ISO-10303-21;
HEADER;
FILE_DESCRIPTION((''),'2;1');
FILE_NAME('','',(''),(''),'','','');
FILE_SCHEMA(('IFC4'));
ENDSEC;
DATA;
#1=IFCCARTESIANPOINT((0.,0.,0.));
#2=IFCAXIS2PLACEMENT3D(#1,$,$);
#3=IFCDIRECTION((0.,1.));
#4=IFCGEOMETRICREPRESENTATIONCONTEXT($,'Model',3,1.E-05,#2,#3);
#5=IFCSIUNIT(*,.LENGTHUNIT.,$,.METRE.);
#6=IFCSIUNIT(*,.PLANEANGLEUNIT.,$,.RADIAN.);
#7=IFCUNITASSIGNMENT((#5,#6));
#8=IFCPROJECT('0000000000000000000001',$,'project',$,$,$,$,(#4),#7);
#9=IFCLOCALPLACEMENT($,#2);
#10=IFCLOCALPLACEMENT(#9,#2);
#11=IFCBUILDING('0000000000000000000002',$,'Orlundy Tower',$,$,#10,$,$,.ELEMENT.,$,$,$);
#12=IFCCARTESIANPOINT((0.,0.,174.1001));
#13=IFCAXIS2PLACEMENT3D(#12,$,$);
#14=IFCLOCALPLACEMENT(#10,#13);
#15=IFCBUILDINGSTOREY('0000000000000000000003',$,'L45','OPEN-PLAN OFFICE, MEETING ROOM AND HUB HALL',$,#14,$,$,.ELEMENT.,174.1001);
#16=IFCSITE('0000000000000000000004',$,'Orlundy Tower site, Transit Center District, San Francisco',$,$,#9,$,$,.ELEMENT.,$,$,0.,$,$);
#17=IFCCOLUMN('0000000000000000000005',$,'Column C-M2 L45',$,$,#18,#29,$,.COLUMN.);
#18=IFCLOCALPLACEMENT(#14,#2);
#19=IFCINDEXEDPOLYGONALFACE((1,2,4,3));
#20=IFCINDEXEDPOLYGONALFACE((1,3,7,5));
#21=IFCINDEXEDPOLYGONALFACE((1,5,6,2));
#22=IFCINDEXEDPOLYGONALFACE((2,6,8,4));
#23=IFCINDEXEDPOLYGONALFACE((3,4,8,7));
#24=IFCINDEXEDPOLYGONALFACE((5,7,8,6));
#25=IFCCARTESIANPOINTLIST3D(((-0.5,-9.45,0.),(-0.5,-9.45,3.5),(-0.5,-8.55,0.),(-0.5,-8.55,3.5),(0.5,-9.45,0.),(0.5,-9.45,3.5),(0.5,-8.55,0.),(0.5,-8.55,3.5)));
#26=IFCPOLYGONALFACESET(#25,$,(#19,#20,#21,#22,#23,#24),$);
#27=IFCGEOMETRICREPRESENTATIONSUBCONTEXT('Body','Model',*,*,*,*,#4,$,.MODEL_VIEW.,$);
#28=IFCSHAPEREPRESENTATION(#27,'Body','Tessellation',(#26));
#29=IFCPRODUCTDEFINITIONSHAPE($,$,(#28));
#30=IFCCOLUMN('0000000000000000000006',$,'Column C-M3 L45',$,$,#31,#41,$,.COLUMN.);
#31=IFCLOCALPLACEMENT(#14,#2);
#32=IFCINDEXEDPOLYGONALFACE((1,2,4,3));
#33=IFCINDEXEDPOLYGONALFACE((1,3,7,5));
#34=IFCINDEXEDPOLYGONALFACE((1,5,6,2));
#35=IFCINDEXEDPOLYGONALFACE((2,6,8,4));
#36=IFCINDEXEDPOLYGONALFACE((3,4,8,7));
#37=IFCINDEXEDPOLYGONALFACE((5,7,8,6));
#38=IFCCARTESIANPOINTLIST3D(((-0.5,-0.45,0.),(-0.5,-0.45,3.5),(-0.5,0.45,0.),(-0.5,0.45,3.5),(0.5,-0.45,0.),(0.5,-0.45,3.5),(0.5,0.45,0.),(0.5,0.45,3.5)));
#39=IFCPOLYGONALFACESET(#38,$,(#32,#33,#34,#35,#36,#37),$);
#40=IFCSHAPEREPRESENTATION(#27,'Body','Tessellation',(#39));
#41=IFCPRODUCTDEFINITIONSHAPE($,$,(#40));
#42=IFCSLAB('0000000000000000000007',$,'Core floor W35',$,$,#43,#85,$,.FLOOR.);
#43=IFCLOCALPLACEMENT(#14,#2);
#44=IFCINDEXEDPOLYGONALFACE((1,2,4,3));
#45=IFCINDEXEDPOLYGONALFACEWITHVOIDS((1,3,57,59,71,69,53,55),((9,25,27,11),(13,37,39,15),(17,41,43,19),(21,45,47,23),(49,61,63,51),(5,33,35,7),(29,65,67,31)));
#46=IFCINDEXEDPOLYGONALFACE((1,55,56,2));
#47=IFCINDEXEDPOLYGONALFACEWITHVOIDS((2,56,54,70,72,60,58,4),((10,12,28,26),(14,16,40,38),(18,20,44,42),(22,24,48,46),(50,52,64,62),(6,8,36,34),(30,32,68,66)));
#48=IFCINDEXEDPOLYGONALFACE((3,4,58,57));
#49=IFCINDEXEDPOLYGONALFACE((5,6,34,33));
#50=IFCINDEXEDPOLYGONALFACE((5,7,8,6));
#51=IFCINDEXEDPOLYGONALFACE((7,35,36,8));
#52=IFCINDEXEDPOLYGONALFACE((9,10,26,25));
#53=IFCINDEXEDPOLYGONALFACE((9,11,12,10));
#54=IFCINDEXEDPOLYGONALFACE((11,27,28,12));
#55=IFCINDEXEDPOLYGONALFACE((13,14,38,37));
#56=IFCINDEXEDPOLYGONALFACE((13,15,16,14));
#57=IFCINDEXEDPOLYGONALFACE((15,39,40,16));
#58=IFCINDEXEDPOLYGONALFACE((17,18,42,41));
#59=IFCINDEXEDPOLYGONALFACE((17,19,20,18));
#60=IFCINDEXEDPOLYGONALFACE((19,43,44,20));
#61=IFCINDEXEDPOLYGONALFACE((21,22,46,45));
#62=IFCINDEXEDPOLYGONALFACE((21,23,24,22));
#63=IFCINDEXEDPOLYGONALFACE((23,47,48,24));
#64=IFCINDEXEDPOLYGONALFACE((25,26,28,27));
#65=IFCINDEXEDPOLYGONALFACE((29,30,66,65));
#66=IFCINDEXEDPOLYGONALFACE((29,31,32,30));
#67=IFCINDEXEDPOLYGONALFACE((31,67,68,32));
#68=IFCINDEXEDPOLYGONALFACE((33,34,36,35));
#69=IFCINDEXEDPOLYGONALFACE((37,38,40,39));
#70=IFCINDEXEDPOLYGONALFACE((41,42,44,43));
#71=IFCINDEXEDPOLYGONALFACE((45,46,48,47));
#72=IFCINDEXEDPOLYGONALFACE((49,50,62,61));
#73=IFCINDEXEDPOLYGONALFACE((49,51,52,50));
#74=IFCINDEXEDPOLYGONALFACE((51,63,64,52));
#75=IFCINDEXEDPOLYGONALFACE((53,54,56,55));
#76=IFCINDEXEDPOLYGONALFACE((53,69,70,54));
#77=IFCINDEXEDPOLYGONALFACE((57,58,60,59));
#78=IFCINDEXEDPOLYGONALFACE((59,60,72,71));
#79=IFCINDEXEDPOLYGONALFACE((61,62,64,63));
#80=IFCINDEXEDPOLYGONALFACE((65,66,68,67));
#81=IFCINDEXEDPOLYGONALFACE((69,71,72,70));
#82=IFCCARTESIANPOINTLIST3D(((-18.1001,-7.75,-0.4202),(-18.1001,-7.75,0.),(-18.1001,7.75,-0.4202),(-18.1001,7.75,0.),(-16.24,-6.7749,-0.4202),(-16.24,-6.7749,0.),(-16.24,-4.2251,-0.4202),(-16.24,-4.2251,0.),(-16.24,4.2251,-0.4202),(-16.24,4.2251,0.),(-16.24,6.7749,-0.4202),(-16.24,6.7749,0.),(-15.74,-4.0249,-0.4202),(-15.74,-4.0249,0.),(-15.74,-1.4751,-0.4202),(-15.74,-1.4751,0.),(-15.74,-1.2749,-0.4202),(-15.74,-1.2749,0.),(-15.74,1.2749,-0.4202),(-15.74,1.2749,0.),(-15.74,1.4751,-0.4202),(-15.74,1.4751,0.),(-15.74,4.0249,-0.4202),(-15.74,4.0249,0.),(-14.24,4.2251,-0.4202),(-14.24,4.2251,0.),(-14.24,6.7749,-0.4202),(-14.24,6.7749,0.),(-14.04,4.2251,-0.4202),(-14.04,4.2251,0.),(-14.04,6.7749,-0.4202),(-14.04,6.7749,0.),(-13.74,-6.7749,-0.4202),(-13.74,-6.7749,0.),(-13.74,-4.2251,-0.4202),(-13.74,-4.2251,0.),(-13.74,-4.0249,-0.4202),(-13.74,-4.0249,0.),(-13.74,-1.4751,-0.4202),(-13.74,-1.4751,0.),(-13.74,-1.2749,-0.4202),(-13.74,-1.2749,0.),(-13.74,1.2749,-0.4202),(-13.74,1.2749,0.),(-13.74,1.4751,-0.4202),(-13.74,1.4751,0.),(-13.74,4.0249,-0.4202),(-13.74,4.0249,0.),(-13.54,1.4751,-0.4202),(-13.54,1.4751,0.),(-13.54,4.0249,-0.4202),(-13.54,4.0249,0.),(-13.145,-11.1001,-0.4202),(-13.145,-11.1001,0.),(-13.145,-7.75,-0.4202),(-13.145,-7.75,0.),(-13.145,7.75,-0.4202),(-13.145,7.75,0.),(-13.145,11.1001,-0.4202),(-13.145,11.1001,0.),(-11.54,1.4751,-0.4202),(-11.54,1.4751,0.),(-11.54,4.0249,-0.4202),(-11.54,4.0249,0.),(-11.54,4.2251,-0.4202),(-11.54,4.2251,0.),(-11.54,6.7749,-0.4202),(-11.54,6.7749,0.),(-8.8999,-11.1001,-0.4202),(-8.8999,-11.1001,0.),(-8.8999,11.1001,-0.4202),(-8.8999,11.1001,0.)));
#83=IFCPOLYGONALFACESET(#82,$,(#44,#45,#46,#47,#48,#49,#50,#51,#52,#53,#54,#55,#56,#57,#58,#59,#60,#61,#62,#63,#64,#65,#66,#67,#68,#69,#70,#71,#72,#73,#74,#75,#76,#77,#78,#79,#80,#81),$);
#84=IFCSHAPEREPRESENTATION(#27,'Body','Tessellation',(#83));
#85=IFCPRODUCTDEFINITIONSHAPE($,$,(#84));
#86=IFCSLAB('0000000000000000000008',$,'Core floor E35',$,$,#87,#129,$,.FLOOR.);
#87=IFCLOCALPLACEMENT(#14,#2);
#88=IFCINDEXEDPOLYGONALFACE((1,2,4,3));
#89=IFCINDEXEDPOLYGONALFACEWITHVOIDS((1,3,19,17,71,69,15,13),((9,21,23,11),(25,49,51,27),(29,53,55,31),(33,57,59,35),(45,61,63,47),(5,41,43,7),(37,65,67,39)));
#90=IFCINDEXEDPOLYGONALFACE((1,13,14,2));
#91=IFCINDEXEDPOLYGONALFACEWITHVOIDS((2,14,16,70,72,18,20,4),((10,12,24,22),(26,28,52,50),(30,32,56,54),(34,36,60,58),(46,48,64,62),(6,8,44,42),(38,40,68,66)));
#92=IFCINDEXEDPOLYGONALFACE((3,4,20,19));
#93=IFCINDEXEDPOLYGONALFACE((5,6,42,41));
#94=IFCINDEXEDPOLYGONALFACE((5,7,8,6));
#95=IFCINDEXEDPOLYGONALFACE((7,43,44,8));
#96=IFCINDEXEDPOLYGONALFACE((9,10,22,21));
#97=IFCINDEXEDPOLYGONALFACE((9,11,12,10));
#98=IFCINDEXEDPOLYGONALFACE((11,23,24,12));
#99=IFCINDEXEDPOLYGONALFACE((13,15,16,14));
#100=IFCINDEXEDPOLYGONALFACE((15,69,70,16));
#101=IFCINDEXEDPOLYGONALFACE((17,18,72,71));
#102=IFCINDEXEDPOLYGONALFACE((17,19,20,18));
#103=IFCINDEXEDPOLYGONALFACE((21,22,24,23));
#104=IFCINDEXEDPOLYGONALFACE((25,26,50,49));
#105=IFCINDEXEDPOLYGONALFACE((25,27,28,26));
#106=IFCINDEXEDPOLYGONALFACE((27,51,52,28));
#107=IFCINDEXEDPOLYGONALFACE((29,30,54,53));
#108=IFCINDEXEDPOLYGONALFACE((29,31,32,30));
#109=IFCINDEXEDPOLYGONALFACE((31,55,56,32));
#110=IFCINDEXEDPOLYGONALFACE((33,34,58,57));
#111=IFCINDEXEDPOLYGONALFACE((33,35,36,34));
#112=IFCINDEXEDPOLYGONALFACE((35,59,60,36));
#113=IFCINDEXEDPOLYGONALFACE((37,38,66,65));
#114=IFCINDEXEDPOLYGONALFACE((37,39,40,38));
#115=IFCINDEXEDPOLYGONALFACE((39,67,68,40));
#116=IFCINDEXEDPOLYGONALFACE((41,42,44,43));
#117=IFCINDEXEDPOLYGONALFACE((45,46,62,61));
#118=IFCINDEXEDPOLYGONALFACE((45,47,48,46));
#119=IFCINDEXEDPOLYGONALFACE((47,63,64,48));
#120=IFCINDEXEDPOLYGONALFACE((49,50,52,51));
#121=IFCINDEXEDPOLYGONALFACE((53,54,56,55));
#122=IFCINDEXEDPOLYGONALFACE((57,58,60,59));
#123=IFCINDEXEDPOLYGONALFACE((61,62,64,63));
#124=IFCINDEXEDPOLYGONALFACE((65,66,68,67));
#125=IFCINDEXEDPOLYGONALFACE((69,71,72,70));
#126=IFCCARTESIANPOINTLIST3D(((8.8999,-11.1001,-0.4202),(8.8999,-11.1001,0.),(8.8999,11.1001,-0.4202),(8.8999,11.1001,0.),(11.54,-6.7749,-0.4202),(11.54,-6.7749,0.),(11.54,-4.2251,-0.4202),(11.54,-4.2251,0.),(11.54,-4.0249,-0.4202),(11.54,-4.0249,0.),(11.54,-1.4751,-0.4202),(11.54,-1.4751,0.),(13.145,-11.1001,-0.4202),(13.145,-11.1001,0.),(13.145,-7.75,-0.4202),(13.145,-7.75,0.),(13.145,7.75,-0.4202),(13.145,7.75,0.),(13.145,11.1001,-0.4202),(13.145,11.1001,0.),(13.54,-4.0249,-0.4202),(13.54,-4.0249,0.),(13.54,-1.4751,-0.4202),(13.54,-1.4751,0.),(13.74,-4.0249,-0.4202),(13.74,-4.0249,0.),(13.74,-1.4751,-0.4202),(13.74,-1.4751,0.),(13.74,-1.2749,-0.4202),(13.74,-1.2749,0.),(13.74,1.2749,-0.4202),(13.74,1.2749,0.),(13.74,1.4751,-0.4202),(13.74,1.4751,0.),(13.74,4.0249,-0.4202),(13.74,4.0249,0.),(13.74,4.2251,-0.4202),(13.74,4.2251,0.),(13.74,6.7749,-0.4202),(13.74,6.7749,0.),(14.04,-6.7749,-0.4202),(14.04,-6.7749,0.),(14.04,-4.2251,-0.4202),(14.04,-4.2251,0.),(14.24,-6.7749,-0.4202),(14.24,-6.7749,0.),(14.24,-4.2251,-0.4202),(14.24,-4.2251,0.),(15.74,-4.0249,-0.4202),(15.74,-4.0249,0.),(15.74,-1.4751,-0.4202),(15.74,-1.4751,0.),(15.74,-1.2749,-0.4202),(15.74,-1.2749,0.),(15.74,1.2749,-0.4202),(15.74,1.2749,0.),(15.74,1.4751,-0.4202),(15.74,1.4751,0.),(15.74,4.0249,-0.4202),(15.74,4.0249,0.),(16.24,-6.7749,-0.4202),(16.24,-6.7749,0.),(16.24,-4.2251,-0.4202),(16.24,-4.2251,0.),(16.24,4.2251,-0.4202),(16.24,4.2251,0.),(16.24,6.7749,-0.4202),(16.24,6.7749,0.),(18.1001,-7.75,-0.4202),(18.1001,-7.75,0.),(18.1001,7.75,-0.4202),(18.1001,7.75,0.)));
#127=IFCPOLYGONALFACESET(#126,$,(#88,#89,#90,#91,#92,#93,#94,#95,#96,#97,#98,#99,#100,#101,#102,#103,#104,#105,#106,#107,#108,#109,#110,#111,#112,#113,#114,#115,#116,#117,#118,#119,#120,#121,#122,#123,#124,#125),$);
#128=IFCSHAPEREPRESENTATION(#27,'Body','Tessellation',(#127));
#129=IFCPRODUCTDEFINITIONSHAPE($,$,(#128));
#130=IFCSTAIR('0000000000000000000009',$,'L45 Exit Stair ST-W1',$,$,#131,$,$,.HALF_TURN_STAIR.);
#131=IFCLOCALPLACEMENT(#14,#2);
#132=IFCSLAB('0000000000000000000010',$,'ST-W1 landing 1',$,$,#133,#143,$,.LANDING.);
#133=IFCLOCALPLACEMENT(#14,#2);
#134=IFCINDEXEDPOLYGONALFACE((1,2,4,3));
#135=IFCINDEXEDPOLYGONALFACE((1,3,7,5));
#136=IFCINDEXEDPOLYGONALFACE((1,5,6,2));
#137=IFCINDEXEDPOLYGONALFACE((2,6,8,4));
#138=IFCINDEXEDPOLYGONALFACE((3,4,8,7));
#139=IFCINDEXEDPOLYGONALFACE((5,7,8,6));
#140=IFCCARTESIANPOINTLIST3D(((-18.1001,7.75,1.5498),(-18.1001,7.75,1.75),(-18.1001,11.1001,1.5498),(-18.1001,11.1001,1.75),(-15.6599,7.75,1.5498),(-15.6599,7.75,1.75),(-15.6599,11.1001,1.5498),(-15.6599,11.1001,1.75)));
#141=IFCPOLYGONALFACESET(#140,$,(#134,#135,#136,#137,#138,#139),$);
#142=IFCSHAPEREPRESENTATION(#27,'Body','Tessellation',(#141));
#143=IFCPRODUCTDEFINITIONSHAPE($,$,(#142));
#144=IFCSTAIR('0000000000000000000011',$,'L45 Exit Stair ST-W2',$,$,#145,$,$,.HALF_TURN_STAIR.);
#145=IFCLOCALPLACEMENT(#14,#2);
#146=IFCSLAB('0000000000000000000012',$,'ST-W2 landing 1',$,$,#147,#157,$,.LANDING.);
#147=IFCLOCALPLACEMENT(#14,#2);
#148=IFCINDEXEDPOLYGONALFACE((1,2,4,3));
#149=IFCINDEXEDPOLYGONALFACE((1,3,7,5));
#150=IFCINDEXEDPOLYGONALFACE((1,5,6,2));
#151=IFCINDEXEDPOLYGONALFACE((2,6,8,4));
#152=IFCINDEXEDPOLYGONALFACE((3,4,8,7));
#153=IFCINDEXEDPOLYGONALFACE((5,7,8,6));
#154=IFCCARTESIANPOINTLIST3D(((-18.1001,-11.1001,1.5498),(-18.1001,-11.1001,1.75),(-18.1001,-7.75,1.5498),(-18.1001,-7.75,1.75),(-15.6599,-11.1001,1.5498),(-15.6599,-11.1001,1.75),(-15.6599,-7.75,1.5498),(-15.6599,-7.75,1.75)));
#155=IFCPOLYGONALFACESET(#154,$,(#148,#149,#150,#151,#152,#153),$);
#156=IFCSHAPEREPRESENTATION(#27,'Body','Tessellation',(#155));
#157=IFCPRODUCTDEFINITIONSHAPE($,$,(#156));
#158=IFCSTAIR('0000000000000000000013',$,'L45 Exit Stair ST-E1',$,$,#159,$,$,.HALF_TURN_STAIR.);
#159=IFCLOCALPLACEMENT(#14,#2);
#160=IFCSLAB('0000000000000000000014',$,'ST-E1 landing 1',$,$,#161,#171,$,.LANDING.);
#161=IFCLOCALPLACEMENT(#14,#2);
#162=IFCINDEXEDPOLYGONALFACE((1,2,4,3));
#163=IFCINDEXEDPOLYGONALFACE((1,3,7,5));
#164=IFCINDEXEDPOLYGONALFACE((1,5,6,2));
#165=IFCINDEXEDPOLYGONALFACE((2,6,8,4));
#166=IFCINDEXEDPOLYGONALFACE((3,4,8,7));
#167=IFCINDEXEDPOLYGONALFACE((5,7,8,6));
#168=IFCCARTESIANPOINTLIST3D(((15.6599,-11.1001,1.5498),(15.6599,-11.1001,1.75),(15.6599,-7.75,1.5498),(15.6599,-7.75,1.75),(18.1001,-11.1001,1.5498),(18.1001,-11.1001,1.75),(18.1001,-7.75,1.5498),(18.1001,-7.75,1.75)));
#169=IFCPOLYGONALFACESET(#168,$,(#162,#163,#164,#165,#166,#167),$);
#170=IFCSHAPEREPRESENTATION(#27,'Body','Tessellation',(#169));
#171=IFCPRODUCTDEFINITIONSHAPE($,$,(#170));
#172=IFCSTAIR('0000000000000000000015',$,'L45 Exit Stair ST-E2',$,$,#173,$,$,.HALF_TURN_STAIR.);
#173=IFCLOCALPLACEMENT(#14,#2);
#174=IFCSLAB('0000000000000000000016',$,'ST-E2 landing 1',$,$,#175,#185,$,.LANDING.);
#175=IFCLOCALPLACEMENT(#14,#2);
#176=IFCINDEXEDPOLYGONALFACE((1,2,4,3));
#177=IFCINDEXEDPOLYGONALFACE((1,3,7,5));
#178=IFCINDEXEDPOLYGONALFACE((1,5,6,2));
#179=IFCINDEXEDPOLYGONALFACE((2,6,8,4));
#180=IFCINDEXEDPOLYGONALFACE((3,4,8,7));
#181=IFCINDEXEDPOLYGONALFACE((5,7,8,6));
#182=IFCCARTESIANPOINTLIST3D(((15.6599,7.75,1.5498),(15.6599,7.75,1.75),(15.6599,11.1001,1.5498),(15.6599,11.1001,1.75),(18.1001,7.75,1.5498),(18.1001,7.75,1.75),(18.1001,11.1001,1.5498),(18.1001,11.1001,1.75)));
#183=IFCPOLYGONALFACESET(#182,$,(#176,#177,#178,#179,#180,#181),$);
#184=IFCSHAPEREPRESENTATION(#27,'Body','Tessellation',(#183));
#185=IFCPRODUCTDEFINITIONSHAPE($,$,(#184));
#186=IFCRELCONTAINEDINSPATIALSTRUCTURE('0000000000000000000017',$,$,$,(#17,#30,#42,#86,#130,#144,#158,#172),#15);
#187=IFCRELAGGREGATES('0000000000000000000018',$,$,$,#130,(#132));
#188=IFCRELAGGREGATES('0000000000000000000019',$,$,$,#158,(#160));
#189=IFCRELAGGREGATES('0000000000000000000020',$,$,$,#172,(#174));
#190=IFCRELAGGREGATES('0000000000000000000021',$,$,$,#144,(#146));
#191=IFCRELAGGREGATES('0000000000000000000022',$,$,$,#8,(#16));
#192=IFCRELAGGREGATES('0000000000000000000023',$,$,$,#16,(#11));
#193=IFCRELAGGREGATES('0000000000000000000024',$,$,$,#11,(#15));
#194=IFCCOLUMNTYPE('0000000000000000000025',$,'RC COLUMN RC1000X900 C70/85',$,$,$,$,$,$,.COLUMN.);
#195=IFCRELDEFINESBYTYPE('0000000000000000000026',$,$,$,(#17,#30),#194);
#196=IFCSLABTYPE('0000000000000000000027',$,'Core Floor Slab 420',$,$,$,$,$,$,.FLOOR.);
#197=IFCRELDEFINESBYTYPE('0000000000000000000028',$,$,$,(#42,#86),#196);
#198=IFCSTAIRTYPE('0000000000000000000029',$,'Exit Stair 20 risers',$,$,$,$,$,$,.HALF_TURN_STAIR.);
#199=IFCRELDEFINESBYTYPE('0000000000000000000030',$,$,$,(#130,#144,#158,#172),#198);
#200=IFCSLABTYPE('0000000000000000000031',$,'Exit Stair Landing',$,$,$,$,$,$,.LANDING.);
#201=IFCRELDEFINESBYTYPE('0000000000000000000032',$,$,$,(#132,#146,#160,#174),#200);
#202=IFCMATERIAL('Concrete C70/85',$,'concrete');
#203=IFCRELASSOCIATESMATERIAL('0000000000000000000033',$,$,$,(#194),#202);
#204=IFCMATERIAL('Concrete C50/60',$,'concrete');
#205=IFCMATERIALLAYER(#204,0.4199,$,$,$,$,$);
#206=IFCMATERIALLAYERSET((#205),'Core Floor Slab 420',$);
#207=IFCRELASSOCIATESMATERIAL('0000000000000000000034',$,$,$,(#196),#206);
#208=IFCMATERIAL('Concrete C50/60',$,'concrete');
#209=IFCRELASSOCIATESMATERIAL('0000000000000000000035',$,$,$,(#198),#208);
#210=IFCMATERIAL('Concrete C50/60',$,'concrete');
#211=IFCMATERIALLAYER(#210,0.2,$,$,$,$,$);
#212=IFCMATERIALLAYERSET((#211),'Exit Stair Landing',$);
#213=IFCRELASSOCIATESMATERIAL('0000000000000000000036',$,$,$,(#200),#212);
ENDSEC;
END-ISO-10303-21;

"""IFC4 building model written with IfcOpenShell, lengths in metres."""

from ifc_helpers import new_model, si_unit, direction, frame, origin, origin_2d, place, context, subcontext, project, spatial, polyline, rectangle, outline, extrude, material, layer, layer_set, material_profile, profile_set, type_object, element, aggregate, save


model = new_model("IFC4")

# Units and contexts
model_context = context("Model", 3, precision=1e-05, world=origin(), true_north=direction((0.0, 1.0)))
body_context = subcontext(model_context, "Body", "Model", "MODEL_VIEW")
ifc_project = project(units=[si_unit("LENGTHUNIT", "METRE"), si_unit("PLANEANGLEUNIT", "RADIAN")], contexts=[model_context])

# Site, building, storey
site_placement = place(None, origin())
site = spatial("IfcSite", under=ifc_project, at=site_placement, Name="Orlundy Tower site, Transit Center District, San Francisco", CompositionType="ELEMENT", RefElevation=0.0)
building_placement = place(site_placement, origin())
building = spatial("IfcBuilding", under=site, at=building_placement, Name="Orlundy Tower", CompositionType="ELEMENT")
storey_placement = place(building_placement, frame((0.0, 0.0, 174.1001)))
storey = spatial("IfcBuildingStorey", under=building, at=storey_placement, Name="L45", Description="OPEN-PLAN OFFICE, MEETING ROOM AND HUB HALL", CompositionType="ELEMENT", Elevation=174.1001)

# Columns
ifc_material_1 = material(Name="Concrete C70/85", Category="concrete")
ifc_material_profile = material_profile(ifc_material_1, rectangle(XDim=1.0, YDim=0.8999, at=origin_2d()), Name="RC1000X900")
ifc_profile_set = profile_set([ifc_material_profile], Name="Concrete C70/85")
column_type = type_object("IfcColumnType", Name="RC COLUMN RC1000X900 C70/85", PredefinedType="COLUMN", material=ifc_profile_set)
for number, where, z_axis, x_axis, name in (
    (1, (0.0, -9.0, 0.0), (0.0, 0.0, 1.0), (1.0, 0.0, 0.0), "Column C-M2 L45"),
    (2, (0.0, 0.0, 0.0), (0.0, 0.0, 1.0), (1.0, 0.0, 0.0), "Column C-M3 L45"),
):
    element("IfcColumn", number, at=place(storey_placement, frame(where, z_axis=z_axis, x_axis=x_axis)), inside=storey, type_object=column_type, Name=name, PredefinedType="COLUMN", context=body_context, shape_type="SweptSolid", body=[
        extrude(rectangle(XDim=1.0, YDim=0.8999, at=origin_2d()), origin(), (0.0, 0.0, 1.0), 3.5),
    ])

# Slabs
ifc_material_2 = material(Name="Concrete C50/60", Category="concrete")
ifc_layer_1 = layer(ifc_material_2, 0.4199)
ifc_layer_set_1 = layer_set([ifc_layer_1], Name="Core Floor Slab 420")
slab_type_1 = type_object("IfcSlabType", Name="Core Floor Slab 420", PredefinedType="FLOOR", material=ifc_layer_set_1)
slab_1_placement = place(storey_placement, frame((0.0, 0.0, -0.4202)))
element("IfcSlab", 3, at=slab_1_placement, inside=storey, type_object=slab_type_1, Name="Core floor W35", PredefinedType="FLOOR", context=body_context, shape_type="SweptSolid", body=[
    extrude(outline(polyline([(-13.145, -11.1001), (-13.145, -7.75), (-18.1001, -7.75), (-18.1001, 7.75), (-13.145, 7.75), (-13.145, 11.1001), (-8.8999, 11.1001), (-8.8999, -11.1001), (-13.145, -11.1001)]), holes=[polyline([(-13.74, -4.2251), (-16.24, -4.2251), (-16.24, -6.7749), (-13.74, -6.7749), (-13.74, -4.2251)]), polyline([(-13.74, -4.0249), (-13.74, -1.4751), (-15.74, -1.4751), (-15.74, -4.0249), (-13.74, -4.0249)]), polyline([(-15.74, -1.2749), (-13.74, -1.2749), (-13.74, 1.2749), (-15.74, 1.2749), (-15.74, -1.2749)]), polyline([(-13.54, 4.0249), (-13.54, 1.4751), (-11.54, 1.4751), (-11.54, 4.0249), (-13.54, 4.0249)]), polyline([(-13.74, 4.0249), (-15.74, 4.0249), (-15.74, 1.4751), (-13.74, 1.4751), (-13.74, 4.0249)]), polyline([(-11.54, 4.2251), (-11.54, 6.7749), (-14.04, 6.7749), (-14.04, 4.2251), (-11.54, 4.2251)]), polyline([(-16.24, 4.2251), (-14.24, 4.2251), (-14.24, 6.7749), (-16.24, 6.7749), (-16.24, 4.2251)])]), origin(), (0.0, 0.0, 1.0), 0.4202),
])
slab_2_placement = place(storey_placement, frame((0.0, 0.0, -0.4202)))
element("IfcSlab", 4, at=slab_2_placement, inside=storey, type_object=slab_type_1, Name="Core floor E35", PredefinedType="FLOOR", context=body_context, shape_type="SweptSolid", body=[
    extrude(outline(polyline([(13.145, 11.1001), (13.145, 7.75), (18.1001, 7.75), (18.1001, -7.75), (13.145, -7.75), (13.145, -11.1001), (8.8999, -11.1001), (8.8999, 11.1001), (13.145, 11.1001)]), holes=[polyline([(13.74, 4.2251), (16.24, 4.2251), (16.24, 6.7749), (13.74, 6.7749), (13.74, 4.2251)]), polyline([(13.74, 4.0249), (13.74, 1.4751), (15.74, 1.4751), (15.74, 4.0249), (13.74, 4.0249)]), polyline([(15.74, 1.2749), (13.74, 1.2749), (13.74, -1.2749), (15.74, -1.2749), (15.74, 1.2749)]), polyline([(13.54, -4.0249), (13.54, -1.4751), (11.54, -1.4751), (11.54, -4.0249), (13.54, -4.0249)]), polyline([(13.74, -4.0249), (15.74, -4.0249), (15.74, -1.4751), (13.74, -1.4751), (13.74, -4.0249)]), polyline([(11.54, -4.2251), (11.54, -6.7749), (14.04, -6.7749), (14.04, -4.2251), (11.54, -4.2251)]), polyline([(16.24, -4.2251), (14.24, -4.2251), (14.24, -6.7749), (16.24, -6.7749), (16.24, -4.2251)])]), origin(), (0.0, 0.0, 1.0), 0.4202),
])

# Stairs, slabs
ifc_material_3 = material(Name="Concrete C50/60", Category="concrete")
stair_type = type_object("IfcStairType", Name="Exit Stair 20 risers", PredefinedType="HALF_TURN_STAIR", material=ifc_material_3)
stair_1_placement = place(storey_placement, origin())
stair_1 = element("IfcStair", 5, at=stair_1_placement, inside=storey, type_object=stair_type, Name="L45 Exit Stair ST-W1", PredefinedType="HALF_TURN_STAIR")
ifc_material_4 = material(Name="Concrete C50/60", Category="concrete")
ifc_layer_2 = layer(ifc_material_4, 0.2)
ifc_layer_set_2 = layer_set([ifc_layer_2], Name="Exit Stair Landing")
slab_type_2 = type_object("IfcSlabType", Name="Exit Stair Landing", PredefinedType="LANDING", material=ifc_layer_set_2)
slab_3_placement = place(storey_placement, frame((0.0, 0.0, 1.5498)))
slab_3 = element("IfcSlab", 6, at=slab_3_placement, type_object=slab_type_2, Name="ST-W1 landing 1", PredefinedType="LANDING", context=body_context, shape_type="SweptSolid", body=[
    extrude(outline(polyline([(-15.6599, 11.1001), (-18.1001, 11.1001), (-18.1001, 7.75), (-15.6599, 7.75), (-15.6599, 11.1001)])), origin(), (0.0, 0.0, 1.0), 0.2002),
])
aggregate(stair_1, [slab_3])
stair_2_placement = place(storey_placement, origin())
stair_2 = element("IfcStair", 7, at=stair_2_placement, inside=storey, type_object=stair_type, Name="L45 Exit Stair ST-W2", PredefinedType="HALF_TURN_STAIR")
slab_4_placement = place(storey_placement, frame((0.0, 0.0, 1.5498)))
slab_4 = element("IfcSlab", 8, at=slab_4_placement, type_object=slab_type_2, Name="ST-W2 landing 1", PredefinedType="LANDING", context=body_context, shape_type="SweptSolid", body=[
    extrude(outline(polyline([(-15.6599, -7.75), (-18.1001, -7.75), (-18.1001, -11.1001), (-15.6599, -11.1001), (-15.6599, -7.75)])), origin(), (0.0, 0.0, 1.0), 0.2002),
])
stair_3_placement = place(storey_placement, origin())
stair_3 = element("IfcStair", 9, at=stair_3_placement, inside=storey, type_object=stair_type, Name="L45 Exit Stair ST-E1", PredefinedType="HALF_TURN_STAIR")
slab_5_placement = place(storey_placement, frame((0.0, 0.0, 1.5498)))
slab_5 = element("IfcSlab", 10, at=slab_5_placement, type_object=slab_type_2, Name="ST-E1 landing 1", PredefinedType="LANDING", context=body_context, shape_type="SweptSolid", body=[
    extrude(outline(polyline([(15.6599, -11.1001), (18.1001, -11.1001), (18.1001, -7.75), (15.6599, -7.75), (15.6599, -11.1001)])), origin(), (0.0, 0.0, 1.0), 0.2002),
])
aggregate(stair_3, [slab_5])
stair_4_placement = place(storey_placement, origin())
stair_4 = element("IfcStair", 11, at=stair_4_placement, inside=storey, type_object=stair_type, Name="L45 Exit Stair ST-E2", PredefinedType="HALF_TURN_STAIR")
slab_6_placement = place(storey_placement, frame((0.0, 0.0, 1.5498)))
slab_6 = element("IfcSlab", 12, at=slab_6_placement, type_object=slab_type_2, Name="ST-E2 landing 1", PredefinedType="LANDING", context=body_context, shape_type="SweptSolid", body=[
    extrude(outline(polyline([(15.6599, 7.75), (18.1001, 7.75), (18.1001, 11.1001), (15.6599, 11.1001), (15.6599, 7.75)])), origin(), (0.0, 0.0, 1.0), 0.2002),
])
aggregate(stair_4, [slab_6])

aggregate(stair_2, [slab_4])

save(model, "model.ifc")
